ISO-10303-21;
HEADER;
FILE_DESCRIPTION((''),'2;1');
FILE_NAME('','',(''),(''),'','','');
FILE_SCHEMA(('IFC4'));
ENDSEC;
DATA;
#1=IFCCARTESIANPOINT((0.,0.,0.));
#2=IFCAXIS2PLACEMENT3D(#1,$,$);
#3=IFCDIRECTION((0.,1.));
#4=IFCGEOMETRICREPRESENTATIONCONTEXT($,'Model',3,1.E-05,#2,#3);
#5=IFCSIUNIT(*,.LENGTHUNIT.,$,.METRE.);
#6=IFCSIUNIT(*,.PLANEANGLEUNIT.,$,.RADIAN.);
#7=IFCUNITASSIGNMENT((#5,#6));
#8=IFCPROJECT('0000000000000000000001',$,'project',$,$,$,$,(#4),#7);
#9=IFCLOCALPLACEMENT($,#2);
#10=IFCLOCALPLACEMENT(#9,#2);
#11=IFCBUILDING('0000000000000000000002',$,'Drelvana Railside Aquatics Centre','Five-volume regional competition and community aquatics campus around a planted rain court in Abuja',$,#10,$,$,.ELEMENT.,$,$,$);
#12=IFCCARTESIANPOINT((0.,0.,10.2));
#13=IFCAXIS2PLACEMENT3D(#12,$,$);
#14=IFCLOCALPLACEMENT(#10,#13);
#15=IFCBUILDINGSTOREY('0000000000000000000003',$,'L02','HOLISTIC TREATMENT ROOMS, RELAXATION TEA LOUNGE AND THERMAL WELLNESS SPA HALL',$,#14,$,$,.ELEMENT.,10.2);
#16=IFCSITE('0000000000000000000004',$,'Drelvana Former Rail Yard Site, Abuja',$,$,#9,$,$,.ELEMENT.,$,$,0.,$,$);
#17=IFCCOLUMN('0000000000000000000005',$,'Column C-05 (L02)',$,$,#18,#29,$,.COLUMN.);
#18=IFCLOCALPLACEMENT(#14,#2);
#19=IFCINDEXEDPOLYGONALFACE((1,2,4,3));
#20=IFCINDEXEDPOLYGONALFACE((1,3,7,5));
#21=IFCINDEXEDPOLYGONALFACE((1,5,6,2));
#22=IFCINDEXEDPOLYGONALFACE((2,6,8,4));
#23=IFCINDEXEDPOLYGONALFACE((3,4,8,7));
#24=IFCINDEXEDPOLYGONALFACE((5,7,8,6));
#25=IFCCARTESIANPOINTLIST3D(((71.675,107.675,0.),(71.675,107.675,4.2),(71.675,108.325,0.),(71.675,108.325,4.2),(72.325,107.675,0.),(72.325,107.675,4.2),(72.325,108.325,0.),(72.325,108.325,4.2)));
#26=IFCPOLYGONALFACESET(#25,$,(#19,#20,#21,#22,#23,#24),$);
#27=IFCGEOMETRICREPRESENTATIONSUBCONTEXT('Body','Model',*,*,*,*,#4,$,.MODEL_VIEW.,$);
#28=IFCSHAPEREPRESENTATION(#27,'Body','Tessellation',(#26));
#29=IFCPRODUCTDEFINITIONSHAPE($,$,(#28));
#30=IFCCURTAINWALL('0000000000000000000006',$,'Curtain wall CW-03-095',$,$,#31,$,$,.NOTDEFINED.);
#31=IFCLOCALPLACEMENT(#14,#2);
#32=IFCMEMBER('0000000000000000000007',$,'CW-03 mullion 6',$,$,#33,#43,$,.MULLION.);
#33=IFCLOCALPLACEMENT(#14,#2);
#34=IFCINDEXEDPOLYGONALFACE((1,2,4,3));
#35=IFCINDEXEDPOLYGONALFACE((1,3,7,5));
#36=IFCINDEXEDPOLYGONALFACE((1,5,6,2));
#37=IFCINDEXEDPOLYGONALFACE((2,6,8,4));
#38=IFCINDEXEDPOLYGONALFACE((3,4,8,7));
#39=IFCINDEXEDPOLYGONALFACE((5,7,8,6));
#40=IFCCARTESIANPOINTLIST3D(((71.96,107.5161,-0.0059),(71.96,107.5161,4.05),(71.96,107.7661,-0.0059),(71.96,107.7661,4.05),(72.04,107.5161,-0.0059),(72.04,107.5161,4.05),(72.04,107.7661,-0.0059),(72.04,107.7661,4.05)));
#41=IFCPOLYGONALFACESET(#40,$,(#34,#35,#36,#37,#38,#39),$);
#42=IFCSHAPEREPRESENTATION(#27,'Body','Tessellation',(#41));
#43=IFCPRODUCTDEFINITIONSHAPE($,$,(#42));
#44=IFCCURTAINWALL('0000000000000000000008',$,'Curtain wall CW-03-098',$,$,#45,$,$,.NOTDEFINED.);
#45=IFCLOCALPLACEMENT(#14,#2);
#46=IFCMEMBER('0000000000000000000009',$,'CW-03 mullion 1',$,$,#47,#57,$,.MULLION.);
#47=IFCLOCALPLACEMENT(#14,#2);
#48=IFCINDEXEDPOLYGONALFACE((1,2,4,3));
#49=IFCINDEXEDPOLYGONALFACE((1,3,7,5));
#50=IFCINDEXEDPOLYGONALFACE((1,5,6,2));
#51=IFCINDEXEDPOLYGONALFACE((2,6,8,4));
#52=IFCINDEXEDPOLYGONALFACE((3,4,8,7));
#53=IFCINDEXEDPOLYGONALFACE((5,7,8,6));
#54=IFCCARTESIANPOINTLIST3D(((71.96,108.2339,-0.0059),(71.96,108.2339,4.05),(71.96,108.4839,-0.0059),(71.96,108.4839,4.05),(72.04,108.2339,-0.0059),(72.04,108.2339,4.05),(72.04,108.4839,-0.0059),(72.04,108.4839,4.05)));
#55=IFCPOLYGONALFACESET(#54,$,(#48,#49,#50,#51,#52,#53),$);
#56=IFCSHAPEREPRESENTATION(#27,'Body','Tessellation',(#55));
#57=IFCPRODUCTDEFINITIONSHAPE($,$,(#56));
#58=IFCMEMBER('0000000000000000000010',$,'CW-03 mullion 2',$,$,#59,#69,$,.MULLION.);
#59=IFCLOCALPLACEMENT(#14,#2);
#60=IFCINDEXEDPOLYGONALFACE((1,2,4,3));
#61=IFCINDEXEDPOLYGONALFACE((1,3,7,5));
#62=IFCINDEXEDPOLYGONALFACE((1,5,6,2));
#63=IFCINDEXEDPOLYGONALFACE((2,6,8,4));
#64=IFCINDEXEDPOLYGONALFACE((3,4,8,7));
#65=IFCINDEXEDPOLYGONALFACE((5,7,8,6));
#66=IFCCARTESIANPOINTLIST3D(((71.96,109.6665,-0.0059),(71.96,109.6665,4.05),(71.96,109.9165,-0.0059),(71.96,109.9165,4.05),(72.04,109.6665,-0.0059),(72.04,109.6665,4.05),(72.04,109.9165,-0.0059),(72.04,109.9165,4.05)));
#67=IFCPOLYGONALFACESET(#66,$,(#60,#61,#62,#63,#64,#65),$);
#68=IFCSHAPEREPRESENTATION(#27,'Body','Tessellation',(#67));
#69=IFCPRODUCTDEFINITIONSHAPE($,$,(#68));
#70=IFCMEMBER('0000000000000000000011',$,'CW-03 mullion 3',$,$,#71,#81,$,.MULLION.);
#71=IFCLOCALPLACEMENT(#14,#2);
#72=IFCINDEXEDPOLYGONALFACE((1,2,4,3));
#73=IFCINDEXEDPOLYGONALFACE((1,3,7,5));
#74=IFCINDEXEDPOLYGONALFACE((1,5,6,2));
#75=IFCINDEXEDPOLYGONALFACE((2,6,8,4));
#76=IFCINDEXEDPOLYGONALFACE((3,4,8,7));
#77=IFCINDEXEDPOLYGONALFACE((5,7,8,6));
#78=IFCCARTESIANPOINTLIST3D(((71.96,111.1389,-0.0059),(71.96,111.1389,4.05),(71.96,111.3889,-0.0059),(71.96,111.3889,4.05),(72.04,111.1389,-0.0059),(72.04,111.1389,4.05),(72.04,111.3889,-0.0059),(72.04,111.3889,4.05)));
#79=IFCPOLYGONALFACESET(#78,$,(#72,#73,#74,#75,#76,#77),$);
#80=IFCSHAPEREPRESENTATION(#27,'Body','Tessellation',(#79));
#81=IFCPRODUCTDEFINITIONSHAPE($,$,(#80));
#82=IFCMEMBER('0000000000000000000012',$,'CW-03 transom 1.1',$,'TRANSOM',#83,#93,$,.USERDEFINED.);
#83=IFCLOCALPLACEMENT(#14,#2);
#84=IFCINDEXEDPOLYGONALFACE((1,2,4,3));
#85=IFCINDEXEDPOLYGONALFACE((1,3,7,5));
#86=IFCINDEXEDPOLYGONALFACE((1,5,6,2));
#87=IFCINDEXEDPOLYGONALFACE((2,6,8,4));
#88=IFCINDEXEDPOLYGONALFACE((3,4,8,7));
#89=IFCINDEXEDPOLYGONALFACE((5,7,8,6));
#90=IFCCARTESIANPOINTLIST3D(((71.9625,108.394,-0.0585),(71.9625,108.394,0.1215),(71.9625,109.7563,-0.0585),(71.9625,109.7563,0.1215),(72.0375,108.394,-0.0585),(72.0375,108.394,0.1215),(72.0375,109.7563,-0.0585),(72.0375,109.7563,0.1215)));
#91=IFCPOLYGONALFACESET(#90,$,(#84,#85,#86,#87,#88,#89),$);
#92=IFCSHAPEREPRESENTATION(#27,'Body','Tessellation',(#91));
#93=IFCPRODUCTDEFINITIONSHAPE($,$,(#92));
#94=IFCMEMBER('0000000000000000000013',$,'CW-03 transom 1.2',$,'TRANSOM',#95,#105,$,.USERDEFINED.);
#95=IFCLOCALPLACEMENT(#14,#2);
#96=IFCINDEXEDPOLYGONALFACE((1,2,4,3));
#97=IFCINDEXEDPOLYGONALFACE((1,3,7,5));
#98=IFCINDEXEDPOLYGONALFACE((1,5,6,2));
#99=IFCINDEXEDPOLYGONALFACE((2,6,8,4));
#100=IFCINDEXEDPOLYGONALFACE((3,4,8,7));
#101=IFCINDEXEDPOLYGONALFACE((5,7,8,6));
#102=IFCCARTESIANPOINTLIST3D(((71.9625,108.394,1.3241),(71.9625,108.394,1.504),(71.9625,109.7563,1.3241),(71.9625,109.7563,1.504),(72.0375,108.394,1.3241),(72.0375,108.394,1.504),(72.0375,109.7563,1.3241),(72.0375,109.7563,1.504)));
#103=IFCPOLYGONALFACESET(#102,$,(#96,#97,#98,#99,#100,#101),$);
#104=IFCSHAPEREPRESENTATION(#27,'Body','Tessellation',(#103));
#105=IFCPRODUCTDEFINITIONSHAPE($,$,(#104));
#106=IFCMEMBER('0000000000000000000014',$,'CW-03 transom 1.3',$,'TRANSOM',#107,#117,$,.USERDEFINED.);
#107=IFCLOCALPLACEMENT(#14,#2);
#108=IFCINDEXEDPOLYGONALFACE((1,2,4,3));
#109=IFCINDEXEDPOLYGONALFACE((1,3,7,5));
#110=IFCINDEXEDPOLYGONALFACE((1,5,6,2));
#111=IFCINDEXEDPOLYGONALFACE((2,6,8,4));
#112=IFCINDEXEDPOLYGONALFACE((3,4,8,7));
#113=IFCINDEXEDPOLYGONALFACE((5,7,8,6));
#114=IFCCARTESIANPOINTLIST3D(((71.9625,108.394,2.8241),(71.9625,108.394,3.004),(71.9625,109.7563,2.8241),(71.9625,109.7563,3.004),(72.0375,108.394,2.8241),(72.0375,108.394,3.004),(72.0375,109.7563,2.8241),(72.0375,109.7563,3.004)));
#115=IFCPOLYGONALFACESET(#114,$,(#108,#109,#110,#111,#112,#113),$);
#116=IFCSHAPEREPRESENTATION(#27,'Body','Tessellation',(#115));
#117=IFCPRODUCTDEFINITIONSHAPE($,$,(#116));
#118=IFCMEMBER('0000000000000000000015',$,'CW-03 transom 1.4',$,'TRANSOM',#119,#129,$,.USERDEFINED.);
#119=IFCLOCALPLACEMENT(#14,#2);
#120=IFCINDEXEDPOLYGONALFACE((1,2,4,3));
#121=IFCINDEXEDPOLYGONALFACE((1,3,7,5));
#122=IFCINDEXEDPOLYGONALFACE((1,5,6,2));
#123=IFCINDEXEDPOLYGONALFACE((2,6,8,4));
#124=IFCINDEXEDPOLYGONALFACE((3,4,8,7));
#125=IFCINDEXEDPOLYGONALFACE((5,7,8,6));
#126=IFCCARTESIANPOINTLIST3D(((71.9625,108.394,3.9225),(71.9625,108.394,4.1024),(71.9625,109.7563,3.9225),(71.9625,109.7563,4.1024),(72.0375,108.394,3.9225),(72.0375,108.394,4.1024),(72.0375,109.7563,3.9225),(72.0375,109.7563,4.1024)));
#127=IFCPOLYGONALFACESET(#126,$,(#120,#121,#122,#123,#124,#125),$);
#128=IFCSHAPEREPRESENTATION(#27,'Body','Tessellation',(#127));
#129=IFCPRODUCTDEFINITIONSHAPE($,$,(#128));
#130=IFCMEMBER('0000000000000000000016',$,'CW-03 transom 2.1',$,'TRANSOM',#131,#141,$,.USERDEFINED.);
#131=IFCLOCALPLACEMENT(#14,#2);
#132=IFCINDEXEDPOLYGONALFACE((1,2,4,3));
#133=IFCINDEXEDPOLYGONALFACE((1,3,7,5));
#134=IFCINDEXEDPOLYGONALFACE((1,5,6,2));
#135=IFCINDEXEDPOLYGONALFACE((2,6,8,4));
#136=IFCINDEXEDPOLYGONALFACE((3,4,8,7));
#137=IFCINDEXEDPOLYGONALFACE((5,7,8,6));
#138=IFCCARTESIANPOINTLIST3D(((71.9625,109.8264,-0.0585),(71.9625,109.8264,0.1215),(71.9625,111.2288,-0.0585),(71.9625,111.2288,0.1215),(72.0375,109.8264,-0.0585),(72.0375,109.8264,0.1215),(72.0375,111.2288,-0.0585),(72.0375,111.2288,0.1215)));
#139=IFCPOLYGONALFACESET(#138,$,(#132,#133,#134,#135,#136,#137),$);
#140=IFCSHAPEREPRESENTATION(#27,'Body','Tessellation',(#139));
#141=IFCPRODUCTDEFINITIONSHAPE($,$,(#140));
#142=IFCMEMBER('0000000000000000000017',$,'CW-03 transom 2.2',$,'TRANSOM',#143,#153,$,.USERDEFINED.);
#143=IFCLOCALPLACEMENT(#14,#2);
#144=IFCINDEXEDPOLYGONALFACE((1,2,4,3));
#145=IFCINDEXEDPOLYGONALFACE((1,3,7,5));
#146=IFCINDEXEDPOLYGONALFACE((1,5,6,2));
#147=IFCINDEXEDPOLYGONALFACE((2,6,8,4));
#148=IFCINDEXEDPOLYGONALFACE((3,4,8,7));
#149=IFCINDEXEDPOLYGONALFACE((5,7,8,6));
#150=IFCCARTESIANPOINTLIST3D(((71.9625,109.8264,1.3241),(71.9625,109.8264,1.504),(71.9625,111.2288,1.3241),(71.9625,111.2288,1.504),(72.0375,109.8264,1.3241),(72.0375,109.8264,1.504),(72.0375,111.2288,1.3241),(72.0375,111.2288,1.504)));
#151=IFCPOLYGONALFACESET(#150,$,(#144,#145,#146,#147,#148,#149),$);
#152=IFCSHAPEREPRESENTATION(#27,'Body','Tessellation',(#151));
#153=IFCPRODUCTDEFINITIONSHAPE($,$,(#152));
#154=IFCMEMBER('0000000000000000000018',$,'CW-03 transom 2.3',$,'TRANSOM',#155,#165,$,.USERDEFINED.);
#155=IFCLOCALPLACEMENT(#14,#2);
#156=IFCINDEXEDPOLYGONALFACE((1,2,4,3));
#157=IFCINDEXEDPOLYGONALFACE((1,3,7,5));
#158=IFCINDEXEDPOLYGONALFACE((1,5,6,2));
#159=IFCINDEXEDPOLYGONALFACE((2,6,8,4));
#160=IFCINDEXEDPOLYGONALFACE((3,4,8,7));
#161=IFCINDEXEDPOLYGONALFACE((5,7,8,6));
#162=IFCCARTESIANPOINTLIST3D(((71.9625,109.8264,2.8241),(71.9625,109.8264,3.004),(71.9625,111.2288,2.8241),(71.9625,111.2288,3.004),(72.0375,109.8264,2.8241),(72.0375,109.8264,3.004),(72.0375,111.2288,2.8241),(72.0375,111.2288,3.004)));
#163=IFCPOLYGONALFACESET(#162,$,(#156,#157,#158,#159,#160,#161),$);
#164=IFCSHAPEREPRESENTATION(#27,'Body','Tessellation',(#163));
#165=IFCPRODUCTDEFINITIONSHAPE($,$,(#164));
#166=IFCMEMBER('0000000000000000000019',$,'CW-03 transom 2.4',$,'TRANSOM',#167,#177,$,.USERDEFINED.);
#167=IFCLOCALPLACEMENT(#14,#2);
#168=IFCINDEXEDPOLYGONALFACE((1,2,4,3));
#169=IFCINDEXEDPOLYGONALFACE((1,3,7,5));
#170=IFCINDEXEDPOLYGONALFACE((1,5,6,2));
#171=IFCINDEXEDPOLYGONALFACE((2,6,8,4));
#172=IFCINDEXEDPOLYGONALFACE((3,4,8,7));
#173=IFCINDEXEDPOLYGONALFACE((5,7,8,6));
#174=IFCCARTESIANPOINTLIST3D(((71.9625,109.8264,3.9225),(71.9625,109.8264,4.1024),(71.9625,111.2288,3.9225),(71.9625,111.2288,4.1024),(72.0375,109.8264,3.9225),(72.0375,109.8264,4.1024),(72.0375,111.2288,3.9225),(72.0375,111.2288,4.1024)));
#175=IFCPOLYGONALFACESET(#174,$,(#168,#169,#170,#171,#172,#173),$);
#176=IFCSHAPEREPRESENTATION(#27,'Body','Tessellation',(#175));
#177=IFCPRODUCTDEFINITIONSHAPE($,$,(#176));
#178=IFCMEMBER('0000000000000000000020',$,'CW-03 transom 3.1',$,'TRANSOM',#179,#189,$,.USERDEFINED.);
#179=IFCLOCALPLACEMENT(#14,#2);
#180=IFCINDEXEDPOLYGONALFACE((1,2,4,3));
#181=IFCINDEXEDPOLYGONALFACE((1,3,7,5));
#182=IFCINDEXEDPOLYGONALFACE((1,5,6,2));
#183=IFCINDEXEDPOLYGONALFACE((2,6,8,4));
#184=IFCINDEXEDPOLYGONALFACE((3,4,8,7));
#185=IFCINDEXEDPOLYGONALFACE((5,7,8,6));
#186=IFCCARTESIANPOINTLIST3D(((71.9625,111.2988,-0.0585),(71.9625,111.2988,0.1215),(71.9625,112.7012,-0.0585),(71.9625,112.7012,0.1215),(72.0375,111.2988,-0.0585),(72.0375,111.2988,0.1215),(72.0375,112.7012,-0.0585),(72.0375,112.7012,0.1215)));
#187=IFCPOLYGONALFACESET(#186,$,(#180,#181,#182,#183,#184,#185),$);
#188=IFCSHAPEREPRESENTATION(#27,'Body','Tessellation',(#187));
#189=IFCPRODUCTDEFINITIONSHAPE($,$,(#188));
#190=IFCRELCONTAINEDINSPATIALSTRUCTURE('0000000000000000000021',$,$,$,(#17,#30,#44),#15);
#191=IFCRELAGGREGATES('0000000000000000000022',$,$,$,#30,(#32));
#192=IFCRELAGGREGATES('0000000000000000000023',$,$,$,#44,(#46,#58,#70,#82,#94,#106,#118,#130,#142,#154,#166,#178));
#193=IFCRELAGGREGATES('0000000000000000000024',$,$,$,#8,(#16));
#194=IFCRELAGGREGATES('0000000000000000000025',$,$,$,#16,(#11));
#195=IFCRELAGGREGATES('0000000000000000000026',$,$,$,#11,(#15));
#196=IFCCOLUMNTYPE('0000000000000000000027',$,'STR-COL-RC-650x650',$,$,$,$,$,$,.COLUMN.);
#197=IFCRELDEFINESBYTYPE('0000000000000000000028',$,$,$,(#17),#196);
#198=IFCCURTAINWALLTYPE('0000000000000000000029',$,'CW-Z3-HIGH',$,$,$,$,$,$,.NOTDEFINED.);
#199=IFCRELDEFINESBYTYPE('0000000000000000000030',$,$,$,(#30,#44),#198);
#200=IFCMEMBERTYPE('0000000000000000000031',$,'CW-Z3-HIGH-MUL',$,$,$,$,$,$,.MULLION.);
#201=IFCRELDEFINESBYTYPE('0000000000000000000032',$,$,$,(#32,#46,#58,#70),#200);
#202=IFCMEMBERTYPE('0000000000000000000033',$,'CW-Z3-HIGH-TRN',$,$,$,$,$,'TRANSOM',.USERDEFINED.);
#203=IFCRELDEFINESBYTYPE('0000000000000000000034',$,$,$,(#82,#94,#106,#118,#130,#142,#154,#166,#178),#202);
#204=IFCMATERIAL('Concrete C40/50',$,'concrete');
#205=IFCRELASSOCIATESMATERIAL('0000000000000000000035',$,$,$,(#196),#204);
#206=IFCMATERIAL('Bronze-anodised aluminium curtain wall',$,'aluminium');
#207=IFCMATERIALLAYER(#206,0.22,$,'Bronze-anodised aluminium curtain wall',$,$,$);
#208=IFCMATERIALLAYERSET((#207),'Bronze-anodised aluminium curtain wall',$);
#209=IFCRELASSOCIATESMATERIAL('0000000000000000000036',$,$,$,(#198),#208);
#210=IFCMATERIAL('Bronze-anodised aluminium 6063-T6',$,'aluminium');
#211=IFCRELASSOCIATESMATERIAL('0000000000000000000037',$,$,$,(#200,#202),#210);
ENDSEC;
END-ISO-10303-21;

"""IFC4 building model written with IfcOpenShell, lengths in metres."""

from ifc_helpers import new_model, si_unit, direction, frame, origin, origin_2d, place, context, subcontext, project, spatial, rectangle, extrude, material, layer, layer_set, material_profile, profile_set, type_object, element, aggregate, save


model = new_model("IFC4")

# Units and contexts
model_context = context("Model", 3, precision=1e-05, world=origin(), true_north=direction((0.0, 1.0)))
body_context = subcontext(model_context, "Body", "Model", "MODEL_VIEW")
ifc_project = project(units=[si_unit("LENGTHUNIT", "METRE"), si_unit("PLANEANGLEUNIT", "RADIAN")], contexts=[model_context])

# Site, building, storey
site_placement = place(None, origin())
site = spatial("IfcSite", under=ifc_project, at=site_placement, Name="Drelvana Former Rail Yard Site, Abuja", CompositionType="ELEMENT", RefElevation=0.0)
building_placement = place(site_placement, origin())
building = spatial("IfcBuilding", under=site, at=building_placement, Name="Drelvana Railside Aquatics Centre", Description="Five-volume regional competition and community aquatics campus around a planted rain court in Abuja", CompositionType="ELEMENT")
storey_placement = place(building_placement, frame((0.0, 0.0, 10.2)))
storey = spatial("IfcBuildingStorey", under=building, at=storey_placement, Name="L02", Description="HOLISTIC TREATMENT ROOMS, RELAXATION TEA LOUNGE AND THERMAL WELLNESS SPA HALL", CompositionType="ELEMENT", Elevation=10.2)

# Column
ifc_material_1 = material(Name="Concrete C40/50", Category="concrete")
ifc_material_profile_1 = material_profile(ifc_material_1, rectangle(XDim=0.6499, YDim=0.6499, at=origin_2d()), Name="RC 650x650")
ifc_profile_set_1 = profile_set([ifc_material_profile_1], Name="Concrete C40/50")
column_type = type_object("IfcColumnType", Name="STR-COL-RC-650x650", PredefinedType="COLUMN", material=ifc_profile_set_1)
column_placement = place(storey_placement, frame((72.0, 108.0, 0.0), z_axis=(0.0, 0.0, 1.0), x_axis=(1.0, 0.0, 0.0)))
element("IfcColumn", 1, at=column_placement, inside=storey, type_object=column_type, Name="Column C-05 (L02)", PredefinedType="COLUMN", context=body_context, shape_type="SweptSolid", body=[
    extrude(rectangle(XDim=0.6499, YDim=0.6499, at=origin_2d()), origin(), (0.0, 0.0, 1.0), 4.2),
])

# Curtain wall, member
ifc_material_2 = material(Name="Bronze-anodised aluminium curtain wall", Category="aluminium")
ifc_layer_1 = layer(ifc_material_2, 0.22, Name="Bronze-anodised aluminium curtain wall")
ifc_layer_set_1 = layer_set([ifc_layer_1], Name="Bronze-anodised aluminium curtain wall")
curtain_wall_type = type_object("IfcCurtainWallType", Name="CW-Z3-HIGH", PredefinedType="NOTDEFINED", material=ifc_layer_set_1)
curtain_wall_1_placement = place(storey_placement, origin())
curtain_wall_1 = element("IfcCurtainWall", 2, at=curtain_wall_1_placement, inside=storey, type_object=curtain_wall_type, Name="Curtain wall CW-03-095", PredefinedType="NOTDEFINED")
ifc_material_3 = material(Name="Bronze-anodised aluminium 6063-T6", Category="aluminium")
ifc_material_profile_2 = material_profile(ifc_material_3, rectangle(XDim=0.0801, YDim=0.25, at=origin_2d()), Name="ALU-M 80x250")
ifc_profile_set_2 = profile_set([ifc_material_profile_2], Name="Bronze-anodised aluminium 6063-T6")
member_type_1 = type_object("IfcMemberType", Name="CW-Z3-HIGH-MUL", PredefinedType="MULLION", material=ifc_profile_set_2)
member_1_placement = place(storey_placement, frame((72.0, 107.6411, -0.0059), z_axis=(0.0, 0.0, 1.0), x_axis=(-1.0, 0.0, 0.0)))
member_1 = element("IfcMember", 3, at=member_1_placement, type_object=member_type_1, Name="CW-03 mullion 6", PredefinedType="MULLION", context=body_context, shape_type="SweptSolid", body=[
    extrude(rectangle(XDim=0.0801, YDim=0.25, at=origin_2d()), origin(), (0.0, 0.0, 1.0), 4.0559),
])

# Curtain wall, members
curtain_wall_2_placement = place(storey_placement, origin())
curtain_wall_2 = element("IfcCurtainWall", 4, at=curtain_wall_2_placement, inside=storey, type_object=curtain_wall_type, Name="Curtain wall CW-03-098", PredefinedType="NOTDEFINED")
member_2_placement = place(storey_placement, frame((72.0, 108.3589, -0.0059), z_axis=(0.0, 0.0, 1.0), x_axis=(-1.0, 0.0, 0.0)))
member_2 = element("IfcMember", 5, at=member_2_placement, type_object=member_type_1, Name="CW-03 mullion 1", PredefinedType="MULLION", context=body_context, shape_type="SweptSolid", body=[
    extrude(rectangle(XDim=0.0801, YDim=0.25, at=origin_2d()), origin(), (0.0, 0.0, 1.0), 4.0559),
])
member_3_placement = place(storey_placement, frame((72.0, 109.7915, -0.0059), z_axis=(0.0, 0.0, 1.0), x_axis=(-1.0, 0.0, 0.0)))
member_3 = element("IfcMember", 6, at=member_3_placement, type_object=member_type_1, Name="CW-03 mullion 2", PredefinedType="MULLION", context=body_context, shape_type="SweptSolid", body=[
    extrude(rectangle(XDim=0.0801, YDim=0.25, at=origin_2d()), origin(), (0.0, 0.0, 1.0), 4.0559),
])
member_4_placement = place(storey_placement, frame((72.0, 111.2639, -0.0059), z_axis=(0.0, 0.0, 1.0), x_axis=(-1.0, 0.0, 0.0)))
member_4 = element("IfcMember", 7, at=member_4_placement, type_object=member_type_1, Name="CW-03 mullion 3", PredefinedType="MULLION", context=body_context, shape_type="SweptSolid", body=[
    extrude(rectangle(XDim=0.0801, YDim=0.25, at=origin_2d()), origin(), (0.0, 0.0, 1.0), 4.0559),
])
ifc_material_profile_3 = material_profile(ifc_material_3, rectangle(XDim=0.1799, YDim=0.075, at=origin_2d()), Name="ALU-T 75x180")
ifc_profile_set_3 = profile_set([ifc_material_profile_3], Name="Bronze-anodised aluminium 6063-T6")
member_type_2 = type_object("IfcMemberType", Name="CW-Z3-HIGH-TRN", ElementType="TRANSOM", PredefinedType="USERDEFINED", material=ifc_profile_set_3)
member_5_placement = place(storey_placement, frame((72.0, 108.394, 0.0315), z_axis=(0.0, 1.0, 0.0), x_axis=(0.0, 0.0, 1.0)))
member_5 = element("IfcMember", 8, at=member_5_placement, type_object=member_type_2, Name="CW-03 transom 1.1", ObjectType="TRANSOM", PredefinedType="USERDEFINED", context=body_context, shape_type="SweptSolid", body=[
    extrude(rectangle(XDim=0.1799, YDim=0.075, at=origin_2d()), origin(), (0.0, 0.0, 1.0), 1.3623),
])
member_6_placement = place(storey_placement, frame((72.0, 108.394, 1.4141), z_axis=(0.0, 1.0, 0.0), x_axis=(0.0, 0.0, 1.0)))
member_6 = element("IfcMember", 9, at=member_6_placement, type_object=member_type_2, Name="CW-03 transom 1.2", ObjectType="TRANSOM", PredefinedType="USERDEFINED", context=body_context, shape_type="SweptSolid", body=[
    extrude(rectangle(XDim=0.1799, YDim=0.075, at=origin_2d()), origin(), (0.0, 0.0, 1.0), 1.3623),
])
member_7_placement = place(storey_placement, frame((72.0, 108.394, 2.9141), z_axis=(0.0, 1.0, 0.0), x_axis=(0.0, 0.0, 1.0)))
member_7 = element("IfcMember", 10, at=member_7_placement, type_object=member_type_2, Name="CW-03 transom 1.3", ObjectType="TRANSOM", PredefinedType="USERDEFINED", context=body_context, shape_type="SweptSolid", body=[
    extrude(rectangle(XDim=0.1799, YDim=0.075, at=origin_2d()), origin(), (0.0, 0.0, 1.0), 1.3623),
])
member_8_placement = place(storey_placement, frame((72.0, 108.394, 4.0125), z_axis=(0.0, 1.0, 0.0), x_axis=(0.0, 0.0, 1.0)))
member_8 = element("IfcMember", 11, at=member_8_placement, type_object=member_type_2, Name="CW-03 transom 1.4", ObjectType="TRANSOM", PredefinedType="USERDEFINED", context=body_context, shape_type="SweptSolid", body=[
    extrude(rectangle(XDim=0.1799, YDim=0.075, at=origin_2d()), origin(), (0.0, 0.0, 1.0), 1.3623),
])
member_9_placement = place(storey_placement, frame((72.0, 109.8264, 0.0315), z_axis=(0.0, 1.0, 0.0), x_axis=(0.0, 0.0, 1.0)))
member_9 = element("IfcMember", 12, at=member_9_placement, type_object=member_type_2, Name="CW-03 transom 2.1", ObjectType="TRANSOM", PredefinedType="USERDEFINED", context=body_context, shape_type="SweptSolid", body=[
    extrude(rectangle(XDim=0.1799, YDim=0.075, at=origin_2d()), origin(), (0.0, 0.0, 1.0), 1.4023),
])
member_10_placement = place(storey_placement, frame((72.0, 109.8264, 1.4141), z_axis=(0.0, 1.0, 0.0), x_axis=(0.0, 0.0, 1.0)))
member_10 = element("IfcMember", 13, at=member_10_placement, type_object=member_type_2, Name="CW-03 transom 2.2", ObjectType="TRANSOM", PredefinedType="USERDEFINED", context=body_context, shape_type="SweptSolid", body=[
    extrude(rectangle(XDim=0.1799, YDim=0.075, at=origin_2d()), origin(), (0.0, 0.0, 1.0), 1.4023),
])
member_11_placement = place(storey_placement, frame((72.0, 109.8264, 2.9141), z_axis=(0.0, 1.0, 0.0), x_axis=(0.0, 0.0, 1.0)))
member_11 = element("IfcMember", 14, at=member_11_placement, type_object=member_type_2, Name="CW-03 transom 2.3", ObjectType="TRANSOM", PredefinedType="USERDEFINED", context=body_context, shape_type="SweptSolid", body=[
    extrude(rectangle(XDim=0.1799, YDim=0.075, at=origin_2d()), origin(), (0.0, 0.0, 1.0), 1.4023),
])
member_12_placement = place(storey_placement, frame((72.0, 109.8264, 4.0125), z_axis=(0.0, 1.0, 0.0), x_axis=(0.0, 0.0, 1.0)))
member_12 = element("IfcMember", 15, at=member_12_placement, type_object=member_type_2, Name="CW-03 transom 2.4", ObjectType="TRANSOM", PredefinedType="USERDEFINED", context=body_context, shape_type="SweptSolid", body=[
    extrude(rectangle(XDim=0.1799, YDim=0.075, at=origin_2d()), origin(), (0.0, 0.0, 1.0), 1.4023),
])
member_13_placement = place(storey_placement, frame((72.0, 111.2988, 0.0315), z_axis=(0.0, 1.0, 0.0), x_axis=(0.0, 0.0, 1.0)))
member_13 = element("IfcMember", 16, at=member_13_placement, type_object=member_type_2, Name="CW-03 transom 3.1", ObjectType="TRANSOM", PredefinedType="USERDEFINED", context=body_context, shape_type="SweptSolid", body=[
    extrude(rectangle(XDim=0.1799, YDim=0.075, at=origin_2d()), origin(), (0.0, 0.0, 1.0), 1.4023),
])

aggregate(curtain_wall_1, [member_1])
aggregate(curtain_wall_2, [member_2, member_3, member_4, member_5, member_6, member_7, member_8, member_9, member_10, member_11, member_12, member_13])

save(model, "model.ifc")
